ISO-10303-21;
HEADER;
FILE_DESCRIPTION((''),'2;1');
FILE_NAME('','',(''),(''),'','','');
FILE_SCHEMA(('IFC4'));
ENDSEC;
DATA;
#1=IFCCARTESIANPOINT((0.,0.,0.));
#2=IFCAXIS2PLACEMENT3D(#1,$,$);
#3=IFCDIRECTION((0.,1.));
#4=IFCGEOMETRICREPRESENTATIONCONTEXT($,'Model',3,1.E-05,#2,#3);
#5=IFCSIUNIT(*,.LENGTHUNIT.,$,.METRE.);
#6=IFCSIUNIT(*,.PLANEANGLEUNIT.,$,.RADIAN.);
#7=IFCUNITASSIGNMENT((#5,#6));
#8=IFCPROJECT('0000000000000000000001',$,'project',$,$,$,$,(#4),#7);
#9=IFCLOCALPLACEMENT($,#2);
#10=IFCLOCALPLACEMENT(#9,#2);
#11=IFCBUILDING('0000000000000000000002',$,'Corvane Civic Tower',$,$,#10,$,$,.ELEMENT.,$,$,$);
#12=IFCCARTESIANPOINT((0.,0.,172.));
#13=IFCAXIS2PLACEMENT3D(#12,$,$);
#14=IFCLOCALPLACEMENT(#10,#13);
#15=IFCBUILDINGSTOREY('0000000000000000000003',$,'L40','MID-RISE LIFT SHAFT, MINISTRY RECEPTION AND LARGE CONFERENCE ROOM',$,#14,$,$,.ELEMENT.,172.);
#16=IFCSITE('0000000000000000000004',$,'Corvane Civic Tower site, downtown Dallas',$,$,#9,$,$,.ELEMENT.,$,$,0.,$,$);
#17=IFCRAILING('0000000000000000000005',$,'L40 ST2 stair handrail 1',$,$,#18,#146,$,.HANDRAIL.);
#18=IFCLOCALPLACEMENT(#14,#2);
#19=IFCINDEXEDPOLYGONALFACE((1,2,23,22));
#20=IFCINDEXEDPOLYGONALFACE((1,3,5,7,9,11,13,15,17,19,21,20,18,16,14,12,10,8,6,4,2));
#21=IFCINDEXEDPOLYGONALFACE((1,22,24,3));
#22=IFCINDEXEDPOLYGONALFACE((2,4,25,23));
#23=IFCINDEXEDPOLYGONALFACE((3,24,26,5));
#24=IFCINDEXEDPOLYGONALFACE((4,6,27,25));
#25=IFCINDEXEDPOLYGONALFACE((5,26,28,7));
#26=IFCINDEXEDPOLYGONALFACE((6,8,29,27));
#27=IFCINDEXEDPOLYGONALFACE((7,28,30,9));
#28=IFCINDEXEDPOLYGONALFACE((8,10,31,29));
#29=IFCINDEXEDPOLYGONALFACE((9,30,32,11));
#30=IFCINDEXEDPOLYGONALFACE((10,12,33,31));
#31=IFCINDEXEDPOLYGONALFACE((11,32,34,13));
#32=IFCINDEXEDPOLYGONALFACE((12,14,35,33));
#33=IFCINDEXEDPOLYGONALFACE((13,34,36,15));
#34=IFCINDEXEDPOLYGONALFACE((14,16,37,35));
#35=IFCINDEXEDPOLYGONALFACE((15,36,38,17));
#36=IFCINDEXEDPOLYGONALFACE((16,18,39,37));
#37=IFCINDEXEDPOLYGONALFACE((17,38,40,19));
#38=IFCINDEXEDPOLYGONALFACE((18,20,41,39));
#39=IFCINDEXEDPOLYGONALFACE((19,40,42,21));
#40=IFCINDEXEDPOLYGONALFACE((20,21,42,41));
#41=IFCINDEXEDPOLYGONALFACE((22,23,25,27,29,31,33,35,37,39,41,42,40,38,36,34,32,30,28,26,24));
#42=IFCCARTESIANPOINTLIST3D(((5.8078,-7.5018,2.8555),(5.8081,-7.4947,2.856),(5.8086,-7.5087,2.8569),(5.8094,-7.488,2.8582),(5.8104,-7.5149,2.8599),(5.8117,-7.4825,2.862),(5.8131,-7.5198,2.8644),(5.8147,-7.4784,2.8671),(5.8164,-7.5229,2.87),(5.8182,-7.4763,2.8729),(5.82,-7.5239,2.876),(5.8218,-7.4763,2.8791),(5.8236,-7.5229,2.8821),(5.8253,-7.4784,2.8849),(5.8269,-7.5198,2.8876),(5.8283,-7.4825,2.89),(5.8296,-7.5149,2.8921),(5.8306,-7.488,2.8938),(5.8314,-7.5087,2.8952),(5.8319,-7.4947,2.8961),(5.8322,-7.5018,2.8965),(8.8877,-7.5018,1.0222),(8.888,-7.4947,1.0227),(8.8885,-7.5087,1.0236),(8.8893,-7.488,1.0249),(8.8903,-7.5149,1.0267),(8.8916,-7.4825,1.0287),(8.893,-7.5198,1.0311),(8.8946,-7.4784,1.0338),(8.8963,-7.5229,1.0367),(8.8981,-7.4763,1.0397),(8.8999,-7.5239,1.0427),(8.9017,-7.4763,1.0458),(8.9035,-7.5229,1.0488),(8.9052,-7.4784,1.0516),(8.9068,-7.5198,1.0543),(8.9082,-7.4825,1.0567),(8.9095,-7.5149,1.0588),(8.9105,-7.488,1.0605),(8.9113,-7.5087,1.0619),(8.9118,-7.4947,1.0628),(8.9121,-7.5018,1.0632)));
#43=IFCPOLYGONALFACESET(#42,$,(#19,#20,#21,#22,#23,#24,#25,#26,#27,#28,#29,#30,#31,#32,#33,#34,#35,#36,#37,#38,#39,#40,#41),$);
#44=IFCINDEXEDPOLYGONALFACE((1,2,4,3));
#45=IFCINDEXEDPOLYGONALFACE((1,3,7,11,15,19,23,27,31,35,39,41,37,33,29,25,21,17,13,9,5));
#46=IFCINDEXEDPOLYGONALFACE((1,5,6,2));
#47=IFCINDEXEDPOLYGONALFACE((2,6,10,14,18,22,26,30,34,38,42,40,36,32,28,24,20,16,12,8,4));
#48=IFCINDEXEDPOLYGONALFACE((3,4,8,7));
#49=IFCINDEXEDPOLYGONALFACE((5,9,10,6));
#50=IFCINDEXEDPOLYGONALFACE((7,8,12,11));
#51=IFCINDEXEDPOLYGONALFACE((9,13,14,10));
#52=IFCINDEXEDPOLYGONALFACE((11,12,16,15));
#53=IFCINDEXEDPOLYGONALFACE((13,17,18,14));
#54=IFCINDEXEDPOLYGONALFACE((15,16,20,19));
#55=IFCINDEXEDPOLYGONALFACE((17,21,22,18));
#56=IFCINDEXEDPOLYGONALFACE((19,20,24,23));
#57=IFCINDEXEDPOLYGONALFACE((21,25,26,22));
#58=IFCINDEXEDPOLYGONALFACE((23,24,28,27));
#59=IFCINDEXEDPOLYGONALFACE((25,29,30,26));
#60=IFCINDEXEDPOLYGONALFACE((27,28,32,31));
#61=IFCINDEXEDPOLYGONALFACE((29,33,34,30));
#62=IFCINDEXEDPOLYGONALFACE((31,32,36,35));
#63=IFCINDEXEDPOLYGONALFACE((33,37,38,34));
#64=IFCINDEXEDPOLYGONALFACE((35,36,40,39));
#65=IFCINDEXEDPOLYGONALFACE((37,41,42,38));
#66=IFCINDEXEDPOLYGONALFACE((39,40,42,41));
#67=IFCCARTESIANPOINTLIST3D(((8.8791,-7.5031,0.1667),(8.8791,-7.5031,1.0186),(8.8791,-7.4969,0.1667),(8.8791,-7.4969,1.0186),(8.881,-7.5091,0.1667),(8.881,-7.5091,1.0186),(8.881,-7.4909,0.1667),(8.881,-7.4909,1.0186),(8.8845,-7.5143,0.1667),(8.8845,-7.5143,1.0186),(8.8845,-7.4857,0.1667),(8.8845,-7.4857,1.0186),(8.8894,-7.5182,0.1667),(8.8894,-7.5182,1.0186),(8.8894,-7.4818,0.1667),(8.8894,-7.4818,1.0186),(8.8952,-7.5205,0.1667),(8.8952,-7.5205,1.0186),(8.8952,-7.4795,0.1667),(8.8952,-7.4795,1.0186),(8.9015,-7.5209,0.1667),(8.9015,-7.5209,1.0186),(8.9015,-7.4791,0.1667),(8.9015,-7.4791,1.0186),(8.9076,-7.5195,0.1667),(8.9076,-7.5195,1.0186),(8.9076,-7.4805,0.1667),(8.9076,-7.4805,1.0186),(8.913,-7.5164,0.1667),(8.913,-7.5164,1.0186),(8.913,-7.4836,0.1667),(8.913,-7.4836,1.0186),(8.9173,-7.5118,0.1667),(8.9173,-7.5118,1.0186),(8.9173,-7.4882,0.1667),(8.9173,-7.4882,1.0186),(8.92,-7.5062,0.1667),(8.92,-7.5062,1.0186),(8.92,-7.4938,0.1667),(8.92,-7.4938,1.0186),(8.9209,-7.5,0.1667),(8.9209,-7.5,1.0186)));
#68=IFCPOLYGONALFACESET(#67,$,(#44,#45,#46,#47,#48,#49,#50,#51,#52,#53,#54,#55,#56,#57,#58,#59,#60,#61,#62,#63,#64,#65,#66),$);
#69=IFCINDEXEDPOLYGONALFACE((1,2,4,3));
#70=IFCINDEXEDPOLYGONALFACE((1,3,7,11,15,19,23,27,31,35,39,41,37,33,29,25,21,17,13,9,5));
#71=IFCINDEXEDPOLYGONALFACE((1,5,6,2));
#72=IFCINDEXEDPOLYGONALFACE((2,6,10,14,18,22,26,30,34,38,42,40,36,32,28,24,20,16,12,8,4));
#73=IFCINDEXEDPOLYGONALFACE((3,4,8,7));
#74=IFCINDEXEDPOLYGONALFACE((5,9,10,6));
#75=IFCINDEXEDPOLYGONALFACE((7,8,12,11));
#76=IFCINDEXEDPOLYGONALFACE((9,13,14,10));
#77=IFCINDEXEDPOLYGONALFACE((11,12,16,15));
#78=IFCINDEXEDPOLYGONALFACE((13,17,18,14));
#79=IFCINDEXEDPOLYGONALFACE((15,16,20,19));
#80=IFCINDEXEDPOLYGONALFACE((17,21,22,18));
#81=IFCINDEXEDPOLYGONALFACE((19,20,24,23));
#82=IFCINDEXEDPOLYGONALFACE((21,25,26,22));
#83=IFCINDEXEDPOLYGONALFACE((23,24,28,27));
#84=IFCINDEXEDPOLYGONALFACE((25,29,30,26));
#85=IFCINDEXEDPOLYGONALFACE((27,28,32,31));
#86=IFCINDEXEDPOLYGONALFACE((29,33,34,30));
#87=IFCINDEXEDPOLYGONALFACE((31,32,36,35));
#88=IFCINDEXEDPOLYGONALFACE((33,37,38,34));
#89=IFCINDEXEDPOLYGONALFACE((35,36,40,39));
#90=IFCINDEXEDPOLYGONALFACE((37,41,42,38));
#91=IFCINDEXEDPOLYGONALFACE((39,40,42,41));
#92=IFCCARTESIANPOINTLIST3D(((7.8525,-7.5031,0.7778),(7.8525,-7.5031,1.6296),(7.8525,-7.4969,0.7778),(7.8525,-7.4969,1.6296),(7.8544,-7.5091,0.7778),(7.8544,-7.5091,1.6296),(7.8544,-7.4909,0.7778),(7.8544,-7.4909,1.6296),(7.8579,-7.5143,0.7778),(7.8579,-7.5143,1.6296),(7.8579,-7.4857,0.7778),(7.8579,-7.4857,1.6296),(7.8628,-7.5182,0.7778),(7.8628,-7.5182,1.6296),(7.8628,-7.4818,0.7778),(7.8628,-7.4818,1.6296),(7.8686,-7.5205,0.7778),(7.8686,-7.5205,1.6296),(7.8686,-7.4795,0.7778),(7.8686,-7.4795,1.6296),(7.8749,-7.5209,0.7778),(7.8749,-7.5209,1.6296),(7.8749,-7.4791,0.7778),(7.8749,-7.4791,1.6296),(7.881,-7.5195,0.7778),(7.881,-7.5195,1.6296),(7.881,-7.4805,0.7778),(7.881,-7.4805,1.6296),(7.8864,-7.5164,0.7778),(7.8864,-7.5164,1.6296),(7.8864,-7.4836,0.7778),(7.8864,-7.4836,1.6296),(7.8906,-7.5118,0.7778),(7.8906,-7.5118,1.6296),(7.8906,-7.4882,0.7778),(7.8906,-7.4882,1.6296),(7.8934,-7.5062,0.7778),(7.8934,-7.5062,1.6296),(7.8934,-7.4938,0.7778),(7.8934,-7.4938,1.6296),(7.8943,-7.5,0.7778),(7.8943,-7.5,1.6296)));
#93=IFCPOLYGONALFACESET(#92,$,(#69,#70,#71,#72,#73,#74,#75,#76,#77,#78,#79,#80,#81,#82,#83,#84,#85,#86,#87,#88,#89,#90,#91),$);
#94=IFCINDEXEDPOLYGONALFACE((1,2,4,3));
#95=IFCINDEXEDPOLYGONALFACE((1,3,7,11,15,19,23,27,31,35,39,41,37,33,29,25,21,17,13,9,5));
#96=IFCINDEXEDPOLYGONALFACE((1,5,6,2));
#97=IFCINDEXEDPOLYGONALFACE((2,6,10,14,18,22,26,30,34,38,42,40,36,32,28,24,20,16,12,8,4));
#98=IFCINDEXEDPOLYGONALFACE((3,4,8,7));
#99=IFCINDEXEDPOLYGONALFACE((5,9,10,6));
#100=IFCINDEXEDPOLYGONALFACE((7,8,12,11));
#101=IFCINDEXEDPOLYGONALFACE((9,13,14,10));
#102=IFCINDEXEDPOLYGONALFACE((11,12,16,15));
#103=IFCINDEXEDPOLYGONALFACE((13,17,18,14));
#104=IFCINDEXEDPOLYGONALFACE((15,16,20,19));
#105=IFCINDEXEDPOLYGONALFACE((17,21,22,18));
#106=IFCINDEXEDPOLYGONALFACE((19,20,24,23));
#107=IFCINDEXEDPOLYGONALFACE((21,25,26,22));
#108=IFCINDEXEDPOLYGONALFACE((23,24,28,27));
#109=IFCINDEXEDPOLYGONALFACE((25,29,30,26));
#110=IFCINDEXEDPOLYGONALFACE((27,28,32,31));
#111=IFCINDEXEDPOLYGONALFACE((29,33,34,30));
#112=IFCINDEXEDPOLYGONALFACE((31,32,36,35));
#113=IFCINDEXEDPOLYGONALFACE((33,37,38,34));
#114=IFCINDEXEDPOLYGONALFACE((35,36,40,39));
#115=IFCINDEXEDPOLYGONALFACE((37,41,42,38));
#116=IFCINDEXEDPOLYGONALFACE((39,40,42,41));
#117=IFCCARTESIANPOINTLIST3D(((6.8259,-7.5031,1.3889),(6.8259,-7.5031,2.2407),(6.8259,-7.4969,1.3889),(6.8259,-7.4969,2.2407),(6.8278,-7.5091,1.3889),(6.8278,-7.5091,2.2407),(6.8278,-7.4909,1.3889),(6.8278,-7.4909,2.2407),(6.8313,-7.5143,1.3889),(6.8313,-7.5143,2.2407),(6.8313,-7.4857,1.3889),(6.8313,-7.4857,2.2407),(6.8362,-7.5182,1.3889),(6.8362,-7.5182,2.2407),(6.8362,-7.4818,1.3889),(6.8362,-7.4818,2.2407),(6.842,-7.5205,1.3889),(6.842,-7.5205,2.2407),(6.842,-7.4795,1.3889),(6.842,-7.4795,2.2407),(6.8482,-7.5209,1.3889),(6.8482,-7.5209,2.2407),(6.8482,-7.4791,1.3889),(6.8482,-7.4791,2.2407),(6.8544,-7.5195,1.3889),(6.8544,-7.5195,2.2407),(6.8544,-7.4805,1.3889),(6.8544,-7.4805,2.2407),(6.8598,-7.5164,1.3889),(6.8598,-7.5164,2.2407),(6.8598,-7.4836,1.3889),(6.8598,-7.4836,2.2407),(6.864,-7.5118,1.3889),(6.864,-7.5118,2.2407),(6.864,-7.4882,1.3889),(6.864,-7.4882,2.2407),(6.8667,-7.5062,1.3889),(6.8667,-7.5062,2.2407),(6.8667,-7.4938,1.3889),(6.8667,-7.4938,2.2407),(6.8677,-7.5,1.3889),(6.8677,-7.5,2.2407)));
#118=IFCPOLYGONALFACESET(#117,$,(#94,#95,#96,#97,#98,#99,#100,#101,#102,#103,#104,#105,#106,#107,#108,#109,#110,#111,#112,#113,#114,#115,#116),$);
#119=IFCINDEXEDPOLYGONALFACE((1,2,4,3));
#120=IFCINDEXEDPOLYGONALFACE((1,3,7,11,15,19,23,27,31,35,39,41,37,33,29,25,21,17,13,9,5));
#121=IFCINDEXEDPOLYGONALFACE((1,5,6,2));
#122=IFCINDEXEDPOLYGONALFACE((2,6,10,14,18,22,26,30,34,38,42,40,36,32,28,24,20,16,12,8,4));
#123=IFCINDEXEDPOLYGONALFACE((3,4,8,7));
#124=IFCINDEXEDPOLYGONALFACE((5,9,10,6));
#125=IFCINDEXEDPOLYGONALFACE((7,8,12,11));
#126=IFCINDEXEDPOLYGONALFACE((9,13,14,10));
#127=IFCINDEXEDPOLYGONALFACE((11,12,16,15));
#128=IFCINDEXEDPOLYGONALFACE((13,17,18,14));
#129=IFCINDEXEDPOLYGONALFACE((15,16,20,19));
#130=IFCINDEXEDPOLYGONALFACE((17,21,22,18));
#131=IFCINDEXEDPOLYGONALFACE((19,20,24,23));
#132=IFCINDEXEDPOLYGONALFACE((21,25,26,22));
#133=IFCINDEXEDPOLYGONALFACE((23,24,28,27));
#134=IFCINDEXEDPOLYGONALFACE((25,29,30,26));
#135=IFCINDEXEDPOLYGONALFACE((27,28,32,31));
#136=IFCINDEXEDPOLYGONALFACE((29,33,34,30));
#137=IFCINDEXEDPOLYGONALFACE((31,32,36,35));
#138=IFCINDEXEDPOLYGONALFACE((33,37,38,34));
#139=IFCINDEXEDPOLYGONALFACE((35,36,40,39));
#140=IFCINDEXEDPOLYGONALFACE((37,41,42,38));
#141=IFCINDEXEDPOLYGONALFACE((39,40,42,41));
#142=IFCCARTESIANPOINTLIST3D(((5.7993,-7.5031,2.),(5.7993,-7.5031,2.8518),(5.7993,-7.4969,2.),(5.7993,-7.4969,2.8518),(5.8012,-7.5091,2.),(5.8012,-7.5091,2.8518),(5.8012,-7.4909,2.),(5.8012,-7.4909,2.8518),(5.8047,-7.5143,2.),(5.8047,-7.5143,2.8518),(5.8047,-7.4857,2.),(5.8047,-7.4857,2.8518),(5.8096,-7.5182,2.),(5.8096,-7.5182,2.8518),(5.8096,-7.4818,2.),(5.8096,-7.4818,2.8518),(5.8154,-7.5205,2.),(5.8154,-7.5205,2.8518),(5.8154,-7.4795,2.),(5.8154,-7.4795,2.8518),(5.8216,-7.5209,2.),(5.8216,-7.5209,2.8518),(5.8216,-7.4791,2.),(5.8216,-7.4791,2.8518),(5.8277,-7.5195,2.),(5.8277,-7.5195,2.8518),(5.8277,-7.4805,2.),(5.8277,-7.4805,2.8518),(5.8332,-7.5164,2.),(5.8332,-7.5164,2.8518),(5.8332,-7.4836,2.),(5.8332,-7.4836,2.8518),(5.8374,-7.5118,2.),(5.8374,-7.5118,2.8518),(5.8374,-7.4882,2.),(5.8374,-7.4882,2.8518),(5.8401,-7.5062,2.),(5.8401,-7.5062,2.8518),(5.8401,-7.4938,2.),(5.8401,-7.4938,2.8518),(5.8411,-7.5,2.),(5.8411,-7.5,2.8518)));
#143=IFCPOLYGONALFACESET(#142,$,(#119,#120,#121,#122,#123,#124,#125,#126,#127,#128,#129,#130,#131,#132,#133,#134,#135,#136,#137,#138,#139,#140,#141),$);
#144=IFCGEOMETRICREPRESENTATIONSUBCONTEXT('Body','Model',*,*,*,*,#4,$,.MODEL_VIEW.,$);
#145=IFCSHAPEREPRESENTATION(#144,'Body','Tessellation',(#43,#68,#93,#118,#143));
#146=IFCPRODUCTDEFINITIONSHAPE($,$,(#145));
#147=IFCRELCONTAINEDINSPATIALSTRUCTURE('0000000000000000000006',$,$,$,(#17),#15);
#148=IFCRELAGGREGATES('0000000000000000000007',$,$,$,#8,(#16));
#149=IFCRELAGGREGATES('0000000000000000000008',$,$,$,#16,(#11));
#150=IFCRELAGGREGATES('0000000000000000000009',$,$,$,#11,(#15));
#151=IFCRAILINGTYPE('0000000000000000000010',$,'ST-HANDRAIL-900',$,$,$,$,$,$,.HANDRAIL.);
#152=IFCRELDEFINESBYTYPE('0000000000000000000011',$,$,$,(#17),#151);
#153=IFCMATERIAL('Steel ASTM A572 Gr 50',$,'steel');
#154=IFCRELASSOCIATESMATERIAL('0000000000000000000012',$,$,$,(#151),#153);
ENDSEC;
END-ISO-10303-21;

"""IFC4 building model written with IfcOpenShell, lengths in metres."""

from ifc_helpers import new_model, si_unit, direction, frame, origin, origin_2d, place, context, subcontext, project, spatial, circle, extrude, material, type_object, element, save


model = new_model("IFC4")

# Units and contexts
model_context = context("Model", 3, precision=1e-05, world=origin(), true_north=direction((0.0, 1.0)))
body_context = subcontext(model_context, "Body", "Model", "MODEL_VIEW")
ifc_project = project(units=[si_unit("LENGTHUNIT", "METRE"), si_unit("PLANEANGLEUNIT", "RADIAN")], contexts=[model_context])

# Site, building, storey
site_placement = place(None, origin())
site = spatial("IfcSite", under=ifc_project, at=site_placement, Name="Corvane Civic Tower site, downtown Dallas", CompositionType="ELEMENT", RefElevation=0.0)
building_placement = place(site_placement, origin())
building = spatial("IfcBuilding", under=site, at=building_placement, Name="Corvane Civic Tower", CompositionType="ELEMENT")
storey_placement = place(building_placement, frame((0.0, 0.0, 172.0)))
storey = spatial("IfcBuildingStorey", under=building, at=storey_placement, Name="L40", Description="MID-RISE LIFT SHAFT, MINISTRY RECEPTION AND LARGE CONFERENCE ROOM", CompositionType="ELEMENT", Elevation=172.0)

# Railing
ifc_material_1 = material(Name="Steel ASTM A572 Gr 50", Category="steel")
railing_type = type_object("IfcRailingType", Name="ST-HANDRAIL-900", PredefinedType="HANDRAIL", material=ifc_material_1)
railing_placement = place(storey_placement, frame((8.8999, -7.5, 0.1667)))
element("IfcRailing", 1, at=railing_placement, inside=storey, type_object=railing_type, Name="L40 ST2 stair handrail 1", PredefinedType="HANDRAIL", context=body_context, shape_type="SweptSolid", body=[
    extrude(circle(Radius=0.0239, at=origin_2d()), frame((0.0, 0.0, 0.876), z_axis=(-0.859291, 0.0, 0.511487), x_axis=(0.0, -1.0, 0.0)), (0.0, 0.0, 1.0), 3.5842),
    extrude(circle(Radius=0.021, at=origin_2d()), origin(), (0.0, 0.0, 1.0), 0.8518),
    extrude(circle(Radius=0.021, at=origin_2d()), frame((-1.0266, 0.0, 0.6111)), (0.0, 0.0, 1.0), 0.8518),
    extrude(circle(Radius=0.021, at=origin_2d()), frame((-2.0532, 0.0, 1.2222)), (0.0, 0.0, 1.0), 0.8518),
    extrude(circle(Radius=0.021, at=origin_2d()), frame((-3.0798, 0.0, 1.8333)), (0.0, 0.0, 1.0), 0.8518),
])

save(model, "model.ifc")
